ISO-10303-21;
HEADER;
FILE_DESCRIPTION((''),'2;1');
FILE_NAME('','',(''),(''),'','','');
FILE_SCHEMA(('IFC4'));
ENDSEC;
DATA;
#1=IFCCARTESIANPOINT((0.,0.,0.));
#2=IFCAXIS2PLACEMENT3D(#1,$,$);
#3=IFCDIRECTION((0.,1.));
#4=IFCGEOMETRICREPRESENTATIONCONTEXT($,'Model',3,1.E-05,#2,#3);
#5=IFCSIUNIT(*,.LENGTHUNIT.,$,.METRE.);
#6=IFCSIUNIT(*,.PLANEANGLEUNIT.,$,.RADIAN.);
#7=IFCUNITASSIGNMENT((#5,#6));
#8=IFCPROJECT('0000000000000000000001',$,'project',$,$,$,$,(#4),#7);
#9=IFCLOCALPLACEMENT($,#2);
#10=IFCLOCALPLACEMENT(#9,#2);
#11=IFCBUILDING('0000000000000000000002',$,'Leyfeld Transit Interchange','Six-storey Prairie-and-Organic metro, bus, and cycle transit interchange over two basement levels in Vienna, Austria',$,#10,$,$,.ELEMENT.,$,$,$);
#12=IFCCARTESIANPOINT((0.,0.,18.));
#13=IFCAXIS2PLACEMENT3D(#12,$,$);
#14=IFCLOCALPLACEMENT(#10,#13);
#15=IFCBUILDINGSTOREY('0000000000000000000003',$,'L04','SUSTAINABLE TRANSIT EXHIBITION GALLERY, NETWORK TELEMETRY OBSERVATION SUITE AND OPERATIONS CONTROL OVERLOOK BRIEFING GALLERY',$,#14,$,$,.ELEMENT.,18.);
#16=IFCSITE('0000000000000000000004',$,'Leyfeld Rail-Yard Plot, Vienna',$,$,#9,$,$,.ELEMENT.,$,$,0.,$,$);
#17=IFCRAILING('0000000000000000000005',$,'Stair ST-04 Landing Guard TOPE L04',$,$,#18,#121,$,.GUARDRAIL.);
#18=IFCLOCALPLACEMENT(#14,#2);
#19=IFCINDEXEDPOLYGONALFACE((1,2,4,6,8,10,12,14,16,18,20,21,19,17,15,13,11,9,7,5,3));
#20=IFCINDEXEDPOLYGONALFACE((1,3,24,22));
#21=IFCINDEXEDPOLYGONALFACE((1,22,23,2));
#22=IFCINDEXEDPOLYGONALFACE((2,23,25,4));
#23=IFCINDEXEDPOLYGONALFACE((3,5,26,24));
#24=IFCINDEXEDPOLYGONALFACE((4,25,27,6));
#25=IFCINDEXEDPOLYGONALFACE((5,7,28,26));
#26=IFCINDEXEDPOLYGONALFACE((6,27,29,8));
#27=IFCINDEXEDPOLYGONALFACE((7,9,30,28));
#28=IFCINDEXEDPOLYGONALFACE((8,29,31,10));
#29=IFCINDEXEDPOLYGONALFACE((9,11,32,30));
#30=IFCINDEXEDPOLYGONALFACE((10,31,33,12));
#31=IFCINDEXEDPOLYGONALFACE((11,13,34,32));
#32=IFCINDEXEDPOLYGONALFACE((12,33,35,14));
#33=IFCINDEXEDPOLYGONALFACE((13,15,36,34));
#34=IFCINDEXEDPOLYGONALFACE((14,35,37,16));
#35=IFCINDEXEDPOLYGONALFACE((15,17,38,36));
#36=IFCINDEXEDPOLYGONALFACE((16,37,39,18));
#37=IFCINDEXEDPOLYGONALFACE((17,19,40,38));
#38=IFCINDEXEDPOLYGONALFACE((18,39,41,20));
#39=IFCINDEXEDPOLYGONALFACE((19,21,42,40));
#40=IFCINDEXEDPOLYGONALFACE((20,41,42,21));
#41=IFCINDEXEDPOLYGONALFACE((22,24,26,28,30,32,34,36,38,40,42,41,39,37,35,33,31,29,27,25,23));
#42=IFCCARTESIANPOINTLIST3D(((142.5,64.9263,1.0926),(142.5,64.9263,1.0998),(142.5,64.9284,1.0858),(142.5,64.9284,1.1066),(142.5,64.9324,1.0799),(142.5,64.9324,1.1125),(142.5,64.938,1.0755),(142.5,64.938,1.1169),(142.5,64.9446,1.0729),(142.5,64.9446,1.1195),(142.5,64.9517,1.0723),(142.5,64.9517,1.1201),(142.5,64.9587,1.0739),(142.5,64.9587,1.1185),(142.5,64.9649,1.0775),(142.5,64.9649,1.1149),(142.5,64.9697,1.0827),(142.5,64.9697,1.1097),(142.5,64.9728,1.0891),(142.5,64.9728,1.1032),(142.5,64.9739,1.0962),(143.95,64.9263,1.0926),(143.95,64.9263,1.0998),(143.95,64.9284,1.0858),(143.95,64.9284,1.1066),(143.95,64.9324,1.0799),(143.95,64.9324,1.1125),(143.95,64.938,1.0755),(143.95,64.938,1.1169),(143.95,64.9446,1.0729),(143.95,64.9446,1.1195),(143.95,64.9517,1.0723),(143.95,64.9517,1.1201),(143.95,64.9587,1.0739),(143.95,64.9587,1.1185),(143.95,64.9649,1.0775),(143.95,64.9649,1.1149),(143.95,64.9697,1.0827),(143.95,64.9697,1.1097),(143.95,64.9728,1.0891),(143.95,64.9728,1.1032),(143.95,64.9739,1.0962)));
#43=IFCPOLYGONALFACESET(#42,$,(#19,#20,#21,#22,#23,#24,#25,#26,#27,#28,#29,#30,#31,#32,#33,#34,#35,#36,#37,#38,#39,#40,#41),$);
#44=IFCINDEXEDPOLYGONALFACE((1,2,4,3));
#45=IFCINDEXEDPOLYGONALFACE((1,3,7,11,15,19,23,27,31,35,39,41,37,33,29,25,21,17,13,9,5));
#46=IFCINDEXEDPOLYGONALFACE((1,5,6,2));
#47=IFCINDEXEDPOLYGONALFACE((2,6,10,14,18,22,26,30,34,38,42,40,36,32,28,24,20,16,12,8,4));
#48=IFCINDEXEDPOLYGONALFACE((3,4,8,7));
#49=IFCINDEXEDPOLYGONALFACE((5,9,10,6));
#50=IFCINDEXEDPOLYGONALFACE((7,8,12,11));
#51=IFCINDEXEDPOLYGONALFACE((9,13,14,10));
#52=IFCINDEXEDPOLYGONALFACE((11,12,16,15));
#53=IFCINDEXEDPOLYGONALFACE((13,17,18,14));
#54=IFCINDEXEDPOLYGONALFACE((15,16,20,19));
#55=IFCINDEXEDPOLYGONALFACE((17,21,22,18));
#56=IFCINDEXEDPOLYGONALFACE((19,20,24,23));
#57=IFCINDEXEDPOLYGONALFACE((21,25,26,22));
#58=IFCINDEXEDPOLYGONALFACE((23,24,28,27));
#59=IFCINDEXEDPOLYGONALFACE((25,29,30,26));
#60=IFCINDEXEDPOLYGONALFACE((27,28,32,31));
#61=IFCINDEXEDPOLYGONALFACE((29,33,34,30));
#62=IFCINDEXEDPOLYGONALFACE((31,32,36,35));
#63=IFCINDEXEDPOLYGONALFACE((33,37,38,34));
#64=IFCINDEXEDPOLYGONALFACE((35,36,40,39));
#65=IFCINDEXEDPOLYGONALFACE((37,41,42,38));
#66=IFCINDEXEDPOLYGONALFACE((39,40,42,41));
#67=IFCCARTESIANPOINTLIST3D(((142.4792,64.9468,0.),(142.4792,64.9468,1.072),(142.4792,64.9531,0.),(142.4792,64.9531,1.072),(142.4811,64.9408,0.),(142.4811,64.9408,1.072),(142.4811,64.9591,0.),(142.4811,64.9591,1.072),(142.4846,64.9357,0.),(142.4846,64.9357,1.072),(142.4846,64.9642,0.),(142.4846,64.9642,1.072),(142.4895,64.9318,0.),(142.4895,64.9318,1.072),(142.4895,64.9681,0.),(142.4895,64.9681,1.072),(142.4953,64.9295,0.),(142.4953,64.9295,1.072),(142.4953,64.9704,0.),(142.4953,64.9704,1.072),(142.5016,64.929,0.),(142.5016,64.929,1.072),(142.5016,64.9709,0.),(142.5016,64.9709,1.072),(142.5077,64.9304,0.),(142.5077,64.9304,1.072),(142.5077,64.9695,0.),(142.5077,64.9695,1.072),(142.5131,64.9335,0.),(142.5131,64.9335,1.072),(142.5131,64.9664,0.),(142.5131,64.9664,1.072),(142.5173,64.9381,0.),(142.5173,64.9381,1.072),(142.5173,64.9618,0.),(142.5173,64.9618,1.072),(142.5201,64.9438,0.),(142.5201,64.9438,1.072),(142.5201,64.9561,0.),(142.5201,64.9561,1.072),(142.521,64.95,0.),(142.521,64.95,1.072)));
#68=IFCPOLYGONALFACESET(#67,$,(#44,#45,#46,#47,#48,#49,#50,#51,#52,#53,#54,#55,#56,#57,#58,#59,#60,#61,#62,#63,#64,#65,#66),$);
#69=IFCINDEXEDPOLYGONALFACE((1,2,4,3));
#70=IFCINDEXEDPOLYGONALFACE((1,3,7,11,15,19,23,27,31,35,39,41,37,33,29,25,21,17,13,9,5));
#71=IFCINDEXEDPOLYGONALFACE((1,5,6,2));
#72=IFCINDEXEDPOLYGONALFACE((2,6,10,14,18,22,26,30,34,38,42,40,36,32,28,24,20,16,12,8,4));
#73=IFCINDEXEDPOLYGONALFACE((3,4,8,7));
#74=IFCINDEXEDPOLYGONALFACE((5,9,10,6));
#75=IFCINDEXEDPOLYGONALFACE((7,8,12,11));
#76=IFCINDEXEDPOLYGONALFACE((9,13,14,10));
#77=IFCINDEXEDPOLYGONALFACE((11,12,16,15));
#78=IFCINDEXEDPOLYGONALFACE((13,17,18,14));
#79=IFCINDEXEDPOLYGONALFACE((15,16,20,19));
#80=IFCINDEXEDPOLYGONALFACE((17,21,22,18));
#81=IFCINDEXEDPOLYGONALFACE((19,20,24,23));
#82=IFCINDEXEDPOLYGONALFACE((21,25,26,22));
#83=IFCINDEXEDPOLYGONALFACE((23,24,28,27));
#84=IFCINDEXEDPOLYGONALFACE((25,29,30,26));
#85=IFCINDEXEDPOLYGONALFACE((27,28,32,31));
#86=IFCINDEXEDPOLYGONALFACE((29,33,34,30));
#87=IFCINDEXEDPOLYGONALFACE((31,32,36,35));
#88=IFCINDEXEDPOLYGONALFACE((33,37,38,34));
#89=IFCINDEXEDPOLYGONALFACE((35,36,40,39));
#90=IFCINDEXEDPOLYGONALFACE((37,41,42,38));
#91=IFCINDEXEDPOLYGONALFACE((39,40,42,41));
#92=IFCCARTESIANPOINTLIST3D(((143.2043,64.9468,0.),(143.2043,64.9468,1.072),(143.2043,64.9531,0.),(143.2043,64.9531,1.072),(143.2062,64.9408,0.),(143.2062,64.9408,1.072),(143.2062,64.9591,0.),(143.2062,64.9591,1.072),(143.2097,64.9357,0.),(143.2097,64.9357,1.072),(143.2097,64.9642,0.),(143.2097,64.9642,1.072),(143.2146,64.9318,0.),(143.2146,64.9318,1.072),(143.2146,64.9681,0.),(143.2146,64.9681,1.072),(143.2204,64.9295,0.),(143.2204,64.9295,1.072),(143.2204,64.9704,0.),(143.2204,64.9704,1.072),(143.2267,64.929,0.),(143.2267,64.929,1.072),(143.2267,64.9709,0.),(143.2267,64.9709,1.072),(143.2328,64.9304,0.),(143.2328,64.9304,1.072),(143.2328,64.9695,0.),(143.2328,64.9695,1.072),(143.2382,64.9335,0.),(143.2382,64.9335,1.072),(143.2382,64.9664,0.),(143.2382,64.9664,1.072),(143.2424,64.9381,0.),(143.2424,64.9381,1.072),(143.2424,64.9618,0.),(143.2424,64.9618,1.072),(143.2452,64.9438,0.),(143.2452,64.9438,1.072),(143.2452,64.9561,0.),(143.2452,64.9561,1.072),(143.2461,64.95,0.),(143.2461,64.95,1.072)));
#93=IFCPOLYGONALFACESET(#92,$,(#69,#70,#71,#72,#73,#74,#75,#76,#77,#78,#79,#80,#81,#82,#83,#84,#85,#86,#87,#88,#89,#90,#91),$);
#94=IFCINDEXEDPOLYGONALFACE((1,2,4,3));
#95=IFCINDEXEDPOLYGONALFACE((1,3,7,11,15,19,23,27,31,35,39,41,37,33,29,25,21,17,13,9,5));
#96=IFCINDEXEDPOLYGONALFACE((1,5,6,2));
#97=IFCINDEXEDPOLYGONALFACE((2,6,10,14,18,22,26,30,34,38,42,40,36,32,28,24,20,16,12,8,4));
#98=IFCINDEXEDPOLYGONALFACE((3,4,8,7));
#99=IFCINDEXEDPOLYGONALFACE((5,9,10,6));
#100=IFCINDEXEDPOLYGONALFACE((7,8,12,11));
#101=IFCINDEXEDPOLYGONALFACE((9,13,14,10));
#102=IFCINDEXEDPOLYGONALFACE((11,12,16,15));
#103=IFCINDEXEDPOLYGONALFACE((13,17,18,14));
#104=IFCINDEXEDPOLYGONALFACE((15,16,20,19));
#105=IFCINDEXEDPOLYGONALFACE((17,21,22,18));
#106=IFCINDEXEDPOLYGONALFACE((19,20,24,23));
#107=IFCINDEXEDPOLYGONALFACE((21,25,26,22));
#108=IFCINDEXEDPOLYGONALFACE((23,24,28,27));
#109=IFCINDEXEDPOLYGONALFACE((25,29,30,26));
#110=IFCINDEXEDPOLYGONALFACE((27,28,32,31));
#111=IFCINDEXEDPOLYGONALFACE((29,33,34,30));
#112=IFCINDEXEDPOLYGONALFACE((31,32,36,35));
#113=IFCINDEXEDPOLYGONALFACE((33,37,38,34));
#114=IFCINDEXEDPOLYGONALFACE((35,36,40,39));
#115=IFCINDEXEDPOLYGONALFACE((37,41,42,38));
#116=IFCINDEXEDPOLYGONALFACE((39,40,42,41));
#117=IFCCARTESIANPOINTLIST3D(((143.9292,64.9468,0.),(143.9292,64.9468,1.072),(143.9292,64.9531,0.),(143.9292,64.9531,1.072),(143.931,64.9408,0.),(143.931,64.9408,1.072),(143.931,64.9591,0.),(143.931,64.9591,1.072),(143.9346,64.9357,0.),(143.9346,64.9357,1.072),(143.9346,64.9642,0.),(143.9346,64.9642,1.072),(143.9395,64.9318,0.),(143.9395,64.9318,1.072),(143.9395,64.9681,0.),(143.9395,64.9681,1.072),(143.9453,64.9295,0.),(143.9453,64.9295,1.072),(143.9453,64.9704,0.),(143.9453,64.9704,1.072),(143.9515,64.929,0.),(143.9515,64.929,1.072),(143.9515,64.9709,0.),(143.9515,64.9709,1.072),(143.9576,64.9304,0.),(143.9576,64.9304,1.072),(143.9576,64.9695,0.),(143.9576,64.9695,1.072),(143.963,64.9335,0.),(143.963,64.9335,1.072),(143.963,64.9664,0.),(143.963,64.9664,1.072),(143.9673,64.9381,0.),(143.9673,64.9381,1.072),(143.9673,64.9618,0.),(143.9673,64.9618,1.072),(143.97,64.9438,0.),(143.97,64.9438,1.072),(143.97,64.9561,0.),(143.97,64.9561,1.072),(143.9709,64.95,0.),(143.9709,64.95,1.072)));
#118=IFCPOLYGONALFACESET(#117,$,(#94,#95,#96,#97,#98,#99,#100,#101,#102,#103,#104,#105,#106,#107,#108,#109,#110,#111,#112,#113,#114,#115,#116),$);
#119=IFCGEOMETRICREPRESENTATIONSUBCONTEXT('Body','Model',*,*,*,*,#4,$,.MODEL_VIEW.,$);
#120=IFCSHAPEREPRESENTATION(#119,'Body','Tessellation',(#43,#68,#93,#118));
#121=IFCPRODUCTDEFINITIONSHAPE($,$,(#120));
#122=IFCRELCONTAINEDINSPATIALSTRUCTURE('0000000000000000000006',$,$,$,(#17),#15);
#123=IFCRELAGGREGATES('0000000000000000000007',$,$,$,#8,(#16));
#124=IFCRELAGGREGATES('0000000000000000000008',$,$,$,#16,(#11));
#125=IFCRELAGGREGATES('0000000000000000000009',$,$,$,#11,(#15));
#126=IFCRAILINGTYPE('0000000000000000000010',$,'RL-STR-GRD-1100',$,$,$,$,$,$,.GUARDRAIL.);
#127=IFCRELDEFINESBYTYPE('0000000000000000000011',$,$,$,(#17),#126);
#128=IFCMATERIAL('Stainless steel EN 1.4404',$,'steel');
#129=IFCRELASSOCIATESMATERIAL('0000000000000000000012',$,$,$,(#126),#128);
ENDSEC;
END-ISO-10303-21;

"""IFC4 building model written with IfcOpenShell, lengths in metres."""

from ifc_helpers import new_model, si_unit, direction, frame, origin, origin_2d, place, context, subcontext, project, spatial, circle, extrude, material, type_object, element, save


model = new_model("IFC4")

# Units and contexts
model_context = context("Model", 3, precision=1e-05, world=origin(), true_north=direction((0.0, 1.0)))
body_context = subcontext(model_context, "Body", "Model", "MODEL_VIEW")
ifc_project = project(units=[si_unit("LENGTHUNIT", "METRE"), si_unit("PLANEANGLEUNIT", "RADIAN")], contexts=[model_context])

# Site, building, storey
site_placement = place(None, origin())
site = spatial("IfcSite", under=ifc_project, at=site_placement, Name="Leyfeld Rail-Yard Plot, Vienna", CompositionType="ELEMENT", RefElevation=0.0)
building_placement = place(site_placement, origin())
building = spatial("IfcBuilding", under=site, at=building_placement, Name="Leyfeld Transit Interchange", Description="Six-storey Prairie-and-Organic metro, bus, and cycle transit interchange over two basement levels in Vienna, Austria", CompositionType="ELEMENT")
storey_placement = place(building_placement, frame((0.0, 0.0, 18.0)))
storey = spatial("IfcBuildingStorey", under=building, at=storey_placement, Name="L04", Description="SUSTAINABLE TRANSIT EXHIBITION GALLERY, NETWORK TELEMETRY OBSERVATION SUITE AND OPERATIONS CONTROL OVERLOOK BRIEFING GALLERY", CompositionType="ELEMENT", Elevation=18.0)

# Shared definitions
ifc_material_1 = material(Name="Stainless steel EN 1.4404", Category="steel")

# Railing
railing_type_1 = type_object("IfcRailingType", Name="RL-STR-GRD-1100", PredefinedType="GUARDRAIL", material=ifc_material_1)
railing_1_placement = place(storey_placement, frame((142.5, 64.95, 0.0)))
element("IfcRailing", 1, at=railing_1_placement, inside=storey, type_object=railing_type_1, Name="Stair ST-04 Landing Guard TOPE L04", PredefinedType="GUARDRAIL", context=body_context, shape_type="SweptSolid", body=[
    extrude(circle(Radius=0.0239, at=origin_2d()), frame((0.0, 0.0, 1.0962), z_axis=(1.0, 0.0, 0.0), x_axis=(0.0, 1.0, 0.0)), (0.0, 0.0, 1.0), 1.45),
    extrude(circle(Radius=0.021, at=origin_2d()), origin(), (0.0, 0.0, 1.0), 1.072),
    extrude(circle(Radius=0.021, at=origin_2d()), frame((0.7251, 0.0, 0.0)), (0.0, 0.0, 1.0), 1.072),
    extrude(circle(Radius=0.021, at=origin_2d()), frame((1.45, 0.0, 0.0)), (0.0, 0.0, 1.0), 1.072),
])

save(model, "model.ifc")
